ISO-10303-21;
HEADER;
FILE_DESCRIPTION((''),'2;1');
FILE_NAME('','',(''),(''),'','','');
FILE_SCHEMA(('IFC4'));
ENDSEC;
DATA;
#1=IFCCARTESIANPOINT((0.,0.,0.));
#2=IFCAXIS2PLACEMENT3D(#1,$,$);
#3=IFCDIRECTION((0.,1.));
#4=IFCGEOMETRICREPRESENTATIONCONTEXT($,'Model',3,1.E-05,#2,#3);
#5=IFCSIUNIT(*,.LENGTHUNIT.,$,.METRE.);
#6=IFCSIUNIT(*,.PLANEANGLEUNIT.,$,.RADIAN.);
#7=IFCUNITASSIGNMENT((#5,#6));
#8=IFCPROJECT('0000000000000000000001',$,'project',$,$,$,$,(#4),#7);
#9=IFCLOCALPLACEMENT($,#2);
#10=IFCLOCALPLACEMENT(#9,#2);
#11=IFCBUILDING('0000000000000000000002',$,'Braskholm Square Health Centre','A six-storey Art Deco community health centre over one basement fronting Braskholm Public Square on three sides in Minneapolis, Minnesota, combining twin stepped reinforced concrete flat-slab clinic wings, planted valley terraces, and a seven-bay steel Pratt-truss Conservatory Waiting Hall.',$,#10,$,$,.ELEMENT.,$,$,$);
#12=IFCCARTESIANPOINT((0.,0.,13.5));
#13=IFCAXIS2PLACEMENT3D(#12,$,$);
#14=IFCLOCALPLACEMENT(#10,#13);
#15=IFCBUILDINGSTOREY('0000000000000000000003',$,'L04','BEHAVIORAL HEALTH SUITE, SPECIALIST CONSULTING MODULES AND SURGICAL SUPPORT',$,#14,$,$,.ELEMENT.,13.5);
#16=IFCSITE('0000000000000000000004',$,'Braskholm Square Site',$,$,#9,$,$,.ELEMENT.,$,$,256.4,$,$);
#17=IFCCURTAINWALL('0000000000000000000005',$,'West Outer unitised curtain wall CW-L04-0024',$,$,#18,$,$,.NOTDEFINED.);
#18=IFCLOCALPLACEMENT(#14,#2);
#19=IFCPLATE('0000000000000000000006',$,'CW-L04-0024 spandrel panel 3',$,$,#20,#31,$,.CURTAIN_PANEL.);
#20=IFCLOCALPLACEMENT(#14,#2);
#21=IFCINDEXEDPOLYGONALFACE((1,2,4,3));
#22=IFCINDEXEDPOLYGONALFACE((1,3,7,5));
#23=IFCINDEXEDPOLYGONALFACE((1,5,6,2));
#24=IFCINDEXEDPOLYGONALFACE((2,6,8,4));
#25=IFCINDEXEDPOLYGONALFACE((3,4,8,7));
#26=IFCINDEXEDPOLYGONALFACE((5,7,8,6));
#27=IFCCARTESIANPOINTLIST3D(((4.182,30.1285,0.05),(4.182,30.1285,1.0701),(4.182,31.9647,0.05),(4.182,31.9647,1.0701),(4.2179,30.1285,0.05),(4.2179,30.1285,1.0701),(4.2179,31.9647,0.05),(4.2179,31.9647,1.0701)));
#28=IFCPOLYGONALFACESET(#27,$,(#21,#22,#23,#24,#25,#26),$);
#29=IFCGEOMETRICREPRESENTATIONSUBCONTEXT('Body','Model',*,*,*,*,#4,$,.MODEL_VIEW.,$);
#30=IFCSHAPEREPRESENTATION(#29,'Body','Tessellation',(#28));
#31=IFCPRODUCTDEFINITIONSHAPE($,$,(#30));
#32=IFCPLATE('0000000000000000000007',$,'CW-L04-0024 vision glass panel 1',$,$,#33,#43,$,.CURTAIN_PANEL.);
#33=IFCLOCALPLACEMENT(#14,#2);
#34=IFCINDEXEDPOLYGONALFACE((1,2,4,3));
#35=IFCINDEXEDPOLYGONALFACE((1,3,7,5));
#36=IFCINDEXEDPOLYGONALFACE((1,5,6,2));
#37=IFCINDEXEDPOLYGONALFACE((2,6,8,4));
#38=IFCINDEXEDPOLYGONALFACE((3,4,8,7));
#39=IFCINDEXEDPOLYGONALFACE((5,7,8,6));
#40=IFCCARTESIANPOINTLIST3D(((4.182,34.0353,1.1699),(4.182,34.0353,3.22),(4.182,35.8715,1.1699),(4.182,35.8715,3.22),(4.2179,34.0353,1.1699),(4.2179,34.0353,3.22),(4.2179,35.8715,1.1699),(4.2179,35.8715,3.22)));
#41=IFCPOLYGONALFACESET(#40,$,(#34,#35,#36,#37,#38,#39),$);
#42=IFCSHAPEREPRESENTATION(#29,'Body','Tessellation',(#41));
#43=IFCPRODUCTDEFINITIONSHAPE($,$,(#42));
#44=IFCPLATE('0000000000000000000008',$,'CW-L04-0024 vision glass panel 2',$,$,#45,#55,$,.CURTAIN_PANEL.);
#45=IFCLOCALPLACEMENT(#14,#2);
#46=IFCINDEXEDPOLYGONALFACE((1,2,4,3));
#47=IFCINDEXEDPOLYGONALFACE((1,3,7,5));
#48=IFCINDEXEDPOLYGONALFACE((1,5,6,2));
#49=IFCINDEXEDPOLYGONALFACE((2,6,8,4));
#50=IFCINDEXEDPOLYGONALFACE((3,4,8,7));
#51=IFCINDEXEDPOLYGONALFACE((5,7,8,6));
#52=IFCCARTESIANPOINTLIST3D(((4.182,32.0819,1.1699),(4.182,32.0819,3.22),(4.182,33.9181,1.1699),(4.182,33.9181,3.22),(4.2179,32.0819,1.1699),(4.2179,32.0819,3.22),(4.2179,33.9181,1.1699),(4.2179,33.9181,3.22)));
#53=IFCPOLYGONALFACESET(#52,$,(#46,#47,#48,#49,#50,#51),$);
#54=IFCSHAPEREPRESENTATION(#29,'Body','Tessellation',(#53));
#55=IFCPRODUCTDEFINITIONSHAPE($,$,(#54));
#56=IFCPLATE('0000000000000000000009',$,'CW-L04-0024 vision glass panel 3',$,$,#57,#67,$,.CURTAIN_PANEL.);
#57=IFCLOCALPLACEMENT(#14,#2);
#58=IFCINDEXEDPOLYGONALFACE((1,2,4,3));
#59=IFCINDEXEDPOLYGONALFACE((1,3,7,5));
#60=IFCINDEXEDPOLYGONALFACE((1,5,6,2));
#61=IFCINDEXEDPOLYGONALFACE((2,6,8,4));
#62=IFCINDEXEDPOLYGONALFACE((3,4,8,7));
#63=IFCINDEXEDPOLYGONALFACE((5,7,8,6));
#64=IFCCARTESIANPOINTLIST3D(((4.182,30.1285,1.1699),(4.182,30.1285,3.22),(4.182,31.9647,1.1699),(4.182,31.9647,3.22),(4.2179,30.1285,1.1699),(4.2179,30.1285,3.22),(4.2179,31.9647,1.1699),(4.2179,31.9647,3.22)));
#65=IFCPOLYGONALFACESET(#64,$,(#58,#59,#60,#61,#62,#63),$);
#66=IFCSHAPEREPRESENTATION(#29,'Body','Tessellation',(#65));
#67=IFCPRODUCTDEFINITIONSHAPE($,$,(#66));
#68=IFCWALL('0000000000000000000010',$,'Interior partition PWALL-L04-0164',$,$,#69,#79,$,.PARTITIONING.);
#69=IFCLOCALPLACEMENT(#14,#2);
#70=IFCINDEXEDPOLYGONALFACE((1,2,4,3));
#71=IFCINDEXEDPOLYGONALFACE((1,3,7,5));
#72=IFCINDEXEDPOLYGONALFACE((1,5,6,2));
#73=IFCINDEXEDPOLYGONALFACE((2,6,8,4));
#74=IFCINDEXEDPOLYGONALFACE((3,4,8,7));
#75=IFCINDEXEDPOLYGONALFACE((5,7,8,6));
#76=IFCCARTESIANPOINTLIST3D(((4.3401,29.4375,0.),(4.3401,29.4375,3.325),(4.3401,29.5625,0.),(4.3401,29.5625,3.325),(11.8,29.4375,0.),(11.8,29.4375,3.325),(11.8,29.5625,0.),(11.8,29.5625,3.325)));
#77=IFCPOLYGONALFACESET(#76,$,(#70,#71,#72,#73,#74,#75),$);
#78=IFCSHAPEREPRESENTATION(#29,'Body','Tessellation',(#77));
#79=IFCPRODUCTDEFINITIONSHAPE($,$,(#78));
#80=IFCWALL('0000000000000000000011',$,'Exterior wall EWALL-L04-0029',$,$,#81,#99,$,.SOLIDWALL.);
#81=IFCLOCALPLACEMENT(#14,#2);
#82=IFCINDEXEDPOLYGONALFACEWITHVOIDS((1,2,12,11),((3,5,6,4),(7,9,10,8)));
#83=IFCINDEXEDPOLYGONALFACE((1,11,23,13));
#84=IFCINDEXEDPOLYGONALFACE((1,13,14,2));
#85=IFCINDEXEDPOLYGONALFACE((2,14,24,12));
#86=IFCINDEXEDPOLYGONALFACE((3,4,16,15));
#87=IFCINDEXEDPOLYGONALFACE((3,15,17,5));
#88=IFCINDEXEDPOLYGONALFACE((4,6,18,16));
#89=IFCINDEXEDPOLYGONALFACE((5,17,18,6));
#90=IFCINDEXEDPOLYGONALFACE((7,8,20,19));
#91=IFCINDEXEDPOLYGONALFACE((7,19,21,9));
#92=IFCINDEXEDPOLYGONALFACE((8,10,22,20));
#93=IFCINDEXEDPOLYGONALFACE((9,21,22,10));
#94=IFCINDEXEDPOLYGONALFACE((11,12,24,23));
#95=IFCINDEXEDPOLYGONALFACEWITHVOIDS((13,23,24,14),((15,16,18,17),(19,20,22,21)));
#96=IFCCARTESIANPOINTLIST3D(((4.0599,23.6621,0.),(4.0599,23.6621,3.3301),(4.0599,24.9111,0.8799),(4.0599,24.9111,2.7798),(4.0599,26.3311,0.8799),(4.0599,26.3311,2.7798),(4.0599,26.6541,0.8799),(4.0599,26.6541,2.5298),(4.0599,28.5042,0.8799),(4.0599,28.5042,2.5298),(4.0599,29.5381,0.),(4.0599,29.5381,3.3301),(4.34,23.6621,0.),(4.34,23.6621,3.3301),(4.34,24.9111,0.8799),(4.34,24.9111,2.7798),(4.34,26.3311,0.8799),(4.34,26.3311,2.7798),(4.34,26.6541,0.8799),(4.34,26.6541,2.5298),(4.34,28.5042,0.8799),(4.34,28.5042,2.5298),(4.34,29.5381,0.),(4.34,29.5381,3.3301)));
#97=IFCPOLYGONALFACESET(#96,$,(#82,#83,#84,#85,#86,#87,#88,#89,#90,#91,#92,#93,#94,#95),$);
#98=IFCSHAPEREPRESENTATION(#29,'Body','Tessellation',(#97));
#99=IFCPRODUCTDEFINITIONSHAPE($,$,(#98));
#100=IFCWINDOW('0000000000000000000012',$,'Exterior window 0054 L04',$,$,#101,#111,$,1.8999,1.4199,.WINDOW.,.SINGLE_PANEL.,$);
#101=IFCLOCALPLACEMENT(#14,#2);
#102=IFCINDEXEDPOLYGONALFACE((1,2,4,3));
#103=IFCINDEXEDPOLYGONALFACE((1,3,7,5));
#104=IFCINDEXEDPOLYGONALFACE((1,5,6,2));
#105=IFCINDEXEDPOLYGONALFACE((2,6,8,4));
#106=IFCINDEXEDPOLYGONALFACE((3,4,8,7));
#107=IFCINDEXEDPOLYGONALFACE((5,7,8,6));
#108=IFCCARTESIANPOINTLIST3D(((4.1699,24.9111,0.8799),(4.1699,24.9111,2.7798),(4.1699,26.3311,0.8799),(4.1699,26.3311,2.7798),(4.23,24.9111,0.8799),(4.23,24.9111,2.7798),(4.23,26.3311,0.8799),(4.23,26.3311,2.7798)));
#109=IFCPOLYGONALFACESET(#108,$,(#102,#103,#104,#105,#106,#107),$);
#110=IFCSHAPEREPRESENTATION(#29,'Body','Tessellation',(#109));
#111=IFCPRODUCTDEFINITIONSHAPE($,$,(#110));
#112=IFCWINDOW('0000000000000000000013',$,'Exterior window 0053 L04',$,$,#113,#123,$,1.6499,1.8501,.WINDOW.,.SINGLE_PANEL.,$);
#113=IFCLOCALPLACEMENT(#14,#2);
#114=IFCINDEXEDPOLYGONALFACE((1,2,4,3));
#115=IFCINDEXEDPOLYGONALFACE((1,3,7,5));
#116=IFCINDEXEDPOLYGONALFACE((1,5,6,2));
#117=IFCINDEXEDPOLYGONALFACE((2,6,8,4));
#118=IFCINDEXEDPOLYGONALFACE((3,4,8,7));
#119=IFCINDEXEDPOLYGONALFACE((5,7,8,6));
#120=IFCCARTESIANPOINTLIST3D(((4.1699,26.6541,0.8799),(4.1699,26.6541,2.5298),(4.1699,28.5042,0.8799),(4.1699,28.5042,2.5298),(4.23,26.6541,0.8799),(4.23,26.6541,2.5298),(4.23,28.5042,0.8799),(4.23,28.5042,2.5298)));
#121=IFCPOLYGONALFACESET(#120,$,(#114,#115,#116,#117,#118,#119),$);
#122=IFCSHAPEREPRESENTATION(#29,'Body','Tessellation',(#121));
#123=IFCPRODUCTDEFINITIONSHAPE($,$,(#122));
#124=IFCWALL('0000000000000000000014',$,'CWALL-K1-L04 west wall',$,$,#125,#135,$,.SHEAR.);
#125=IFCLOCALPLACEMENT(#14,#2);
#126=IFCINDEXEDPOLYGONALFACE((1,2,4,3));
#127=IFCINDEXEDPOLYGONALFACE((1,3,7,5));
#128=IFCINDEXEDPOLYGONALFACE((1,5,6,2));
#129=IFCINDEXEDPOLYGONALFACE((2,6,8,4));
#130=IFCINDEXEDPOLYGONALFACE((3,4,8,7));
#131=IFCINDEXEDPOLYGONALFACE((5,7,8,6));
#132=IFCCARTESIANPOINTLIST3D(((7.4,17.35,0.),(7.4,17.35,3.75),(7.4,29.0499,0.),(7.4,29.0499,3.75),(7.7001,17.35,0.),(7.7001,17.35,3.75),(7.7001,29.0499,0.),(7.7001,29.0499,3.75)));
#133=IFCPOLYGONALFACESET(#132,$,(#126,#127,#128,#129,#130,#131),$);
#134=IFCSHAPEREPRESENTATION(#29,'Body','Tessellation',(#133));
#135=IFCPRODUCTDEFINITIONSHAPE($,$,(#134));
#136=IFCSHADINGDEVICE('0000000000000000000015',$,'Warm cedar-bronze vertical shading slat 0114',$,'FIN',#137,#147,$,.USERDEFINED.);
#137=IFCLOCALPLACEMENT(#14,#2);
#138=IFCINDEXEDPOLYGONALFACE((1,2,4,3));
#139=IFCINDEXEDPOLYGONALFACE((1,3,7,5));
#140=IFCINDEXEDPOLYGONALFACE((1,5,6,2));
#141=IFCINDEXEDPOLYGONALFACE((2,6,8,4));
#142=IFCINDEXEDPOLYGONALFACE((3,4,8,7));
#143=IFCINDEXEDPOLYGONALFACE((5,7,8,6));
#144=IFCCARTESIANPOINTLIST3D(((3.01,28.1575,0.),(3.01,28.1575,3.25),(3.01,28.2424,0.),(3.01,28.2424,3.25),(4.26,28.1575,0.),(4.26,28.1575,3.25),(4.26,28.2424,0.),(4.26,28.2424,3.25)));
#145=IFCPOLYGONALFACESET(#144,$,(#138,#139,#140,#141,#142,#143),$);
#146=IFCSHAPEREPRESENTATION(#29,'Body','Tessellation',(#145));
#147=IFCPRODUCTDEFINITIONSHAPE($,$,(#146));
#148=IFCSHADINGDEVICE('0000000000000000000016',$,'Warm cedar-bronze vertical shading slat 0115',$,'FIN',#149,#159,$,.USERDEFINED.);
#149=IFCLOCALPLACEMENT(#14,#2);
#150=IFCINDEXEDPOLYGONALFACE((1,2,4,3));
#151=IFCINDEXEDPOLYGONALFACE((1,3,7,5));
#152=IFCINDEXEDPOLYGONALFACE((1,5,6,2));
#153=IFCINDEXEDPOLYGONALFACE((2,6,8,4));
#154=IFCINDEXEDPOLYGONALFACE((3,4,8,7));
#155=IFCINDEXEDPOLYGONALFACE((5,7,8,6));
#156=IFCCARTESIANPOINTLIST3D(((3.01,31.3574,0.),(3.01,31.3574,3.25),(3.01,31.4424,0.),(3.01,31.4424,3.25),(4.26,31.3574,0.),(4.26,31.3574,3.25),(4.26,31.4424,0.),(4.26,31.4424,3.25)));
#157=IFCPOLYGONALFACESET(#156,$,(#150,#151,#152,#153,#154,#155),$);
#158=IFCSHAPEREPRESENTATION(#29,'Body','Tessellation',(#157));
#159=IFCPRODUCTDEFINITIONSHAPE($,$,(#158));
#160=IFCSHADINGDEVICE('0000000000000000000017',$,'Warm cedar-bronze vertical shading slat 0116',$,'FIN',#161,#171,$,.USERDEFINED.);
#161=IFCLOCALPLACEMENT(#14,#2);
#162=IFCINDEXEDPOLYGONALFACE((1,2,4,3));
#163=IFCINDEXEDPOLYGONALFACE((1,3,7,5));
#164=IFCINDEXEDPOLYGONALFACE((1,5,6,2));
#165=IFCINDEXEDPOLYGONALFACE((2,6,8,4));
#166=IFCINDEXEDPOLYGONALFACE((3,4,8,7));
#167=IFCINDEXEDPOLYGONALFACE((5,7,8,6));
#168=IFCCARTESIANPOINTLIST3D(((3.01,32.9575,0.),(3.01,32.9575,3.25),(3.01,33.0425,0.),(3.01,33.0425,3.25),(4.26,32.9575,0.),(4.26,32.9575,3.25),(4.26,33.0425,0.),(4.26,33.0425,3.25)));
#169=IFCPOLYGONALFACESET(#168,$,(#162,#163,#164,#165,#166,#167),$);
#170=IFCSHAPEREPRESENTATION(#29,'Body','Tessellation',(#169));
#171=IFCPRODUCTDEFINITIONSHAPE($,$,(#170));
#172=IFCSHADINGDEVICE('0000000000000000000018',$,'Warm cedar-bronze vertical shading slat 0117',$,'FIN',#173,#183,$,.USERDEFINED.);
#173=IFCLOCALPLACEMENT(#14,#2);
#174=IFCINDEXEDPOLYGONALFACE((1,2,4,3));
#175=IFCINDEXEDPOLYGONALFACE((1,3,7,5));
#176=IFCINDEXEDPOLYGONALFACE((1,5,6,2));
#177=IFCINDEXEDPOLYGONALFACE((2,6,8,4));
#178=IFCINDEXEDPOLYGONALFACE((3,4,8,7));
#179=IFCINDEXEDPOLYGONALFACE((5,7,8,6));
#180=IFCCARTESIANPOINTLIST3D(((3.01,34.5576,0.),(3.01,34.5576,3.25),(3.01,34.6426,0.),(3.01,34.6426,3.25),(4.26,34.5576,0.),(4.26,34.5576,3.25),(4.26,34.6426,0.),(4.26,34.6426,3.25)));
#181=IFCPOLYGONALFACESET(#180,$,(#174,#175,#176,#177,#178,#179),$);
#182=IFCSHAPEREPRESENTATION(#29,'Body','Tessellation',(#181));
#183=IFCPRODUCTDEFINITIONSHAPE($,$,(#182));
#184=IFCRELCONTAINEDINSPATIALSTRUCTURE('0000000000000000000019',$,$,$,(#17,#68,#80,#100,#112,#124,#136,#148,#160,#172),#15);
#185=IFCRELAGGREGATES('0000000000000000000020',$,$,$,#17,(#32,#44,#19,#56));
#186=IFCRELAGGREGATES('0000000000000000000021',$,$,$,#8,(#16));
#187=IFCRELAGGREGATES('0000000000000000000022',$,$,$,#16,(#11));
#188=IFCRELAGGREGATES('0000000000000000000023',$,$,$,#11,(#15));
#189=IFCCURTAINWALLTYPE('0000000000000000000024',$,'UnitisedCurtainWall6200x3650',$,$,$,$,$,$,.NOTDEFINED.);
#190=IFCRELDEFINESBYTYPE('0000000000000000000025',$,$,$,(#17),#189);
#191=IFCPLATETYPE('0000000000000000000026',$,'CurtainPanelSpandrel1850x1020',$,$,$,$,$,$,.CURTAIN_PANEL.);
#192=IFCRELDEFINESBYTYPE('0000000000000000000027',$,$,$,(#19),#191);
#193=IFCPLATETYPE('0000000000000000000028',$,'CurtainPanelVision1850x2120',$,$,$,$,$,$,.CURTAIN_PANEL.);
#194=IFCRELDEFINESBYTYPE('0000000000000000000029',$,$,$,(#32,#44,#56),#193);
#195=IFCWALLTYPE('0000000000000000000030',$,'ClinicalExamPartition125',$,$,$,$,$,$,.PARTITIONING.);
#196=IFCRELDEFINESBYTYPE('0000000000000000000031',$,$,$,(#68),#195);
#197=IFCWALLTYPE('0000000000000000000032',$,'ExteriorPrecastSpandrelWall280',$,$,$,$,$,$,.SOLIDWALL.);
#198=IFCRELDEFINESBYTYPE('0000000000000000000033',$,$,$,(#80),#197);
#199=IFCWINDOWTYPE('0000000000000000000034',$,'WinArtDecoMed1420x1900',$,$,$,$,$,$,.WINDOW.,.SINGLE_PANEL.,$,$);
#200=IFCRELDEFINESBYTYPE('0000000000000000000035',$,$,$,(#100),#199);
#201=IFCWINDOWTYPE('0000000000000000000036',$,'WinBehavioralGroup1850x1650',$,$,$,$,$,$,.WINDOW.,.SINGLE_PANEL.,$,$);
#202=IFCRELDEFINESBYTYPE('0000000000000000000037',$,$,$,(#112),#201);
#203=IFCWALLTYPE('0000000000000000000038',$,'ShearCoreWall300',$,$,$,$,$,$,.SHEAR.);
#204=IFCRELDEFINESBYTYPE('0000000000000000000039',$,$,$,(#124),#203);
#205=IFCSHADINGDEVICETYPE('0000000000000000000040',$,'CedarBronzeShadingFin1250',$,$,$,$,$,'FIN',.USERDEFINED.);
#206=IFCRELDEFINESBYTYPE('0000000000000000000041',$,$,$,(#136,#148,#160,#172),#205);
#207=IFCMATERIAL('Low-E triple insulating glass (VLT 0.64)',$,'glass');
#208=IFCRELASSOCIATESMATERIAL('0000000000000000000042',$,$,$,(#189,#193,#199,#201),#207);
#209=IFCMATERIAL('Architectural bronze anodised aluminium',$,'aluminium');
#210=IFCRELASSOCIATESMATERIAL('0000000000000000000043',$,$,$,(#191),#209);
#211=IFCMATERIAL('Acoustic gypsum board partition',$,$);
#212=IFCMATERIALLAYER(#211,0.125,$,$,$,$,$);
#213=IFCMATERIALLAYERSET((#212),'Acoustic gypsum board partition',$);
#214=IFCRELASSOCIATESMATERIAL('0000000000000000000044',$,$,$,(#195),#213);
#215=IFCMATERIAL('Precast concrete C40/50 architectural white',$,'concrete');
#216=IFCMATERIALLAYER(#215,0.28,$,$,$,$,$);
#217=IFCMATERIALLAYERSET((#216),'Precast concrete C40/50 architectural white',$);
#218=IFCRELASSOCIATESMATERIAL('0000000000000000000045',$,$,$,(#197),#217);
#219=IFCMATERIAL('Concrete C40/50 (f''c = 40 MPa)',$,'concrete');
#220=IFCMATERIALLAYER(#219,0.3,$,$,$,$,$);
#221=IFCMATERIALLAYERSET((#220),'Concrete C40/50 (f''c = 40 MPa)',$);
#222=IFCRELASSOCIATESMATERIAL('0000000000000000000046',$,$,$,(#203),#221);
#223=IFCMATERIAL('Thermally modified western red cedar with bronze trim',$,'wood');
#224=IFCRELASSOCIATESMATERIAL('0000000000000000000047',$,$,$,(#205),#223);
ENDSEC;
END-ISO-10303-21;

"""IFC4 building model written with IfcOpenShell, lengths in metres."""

from ifc_helpers import new_model, si_unit, direction, frame, frame_2d, origin, origin_with_axes, origin_2d, place, context, subcontext, project, spatial, rectangle, extrude, material, layer, layer_set, type_object, element, fill, aggregate, save


model = new_model("IFC4")

# Units and contexts
model_context = context("Model", 3, precision=1e-05, world=origin(), true_north=direction((0.0, 1.0)))
body_context = subcontext(model_context, "Body", "Model", "MODEL_VIEW")
ifc_project = project(units=[si_unit("LENGTHUNIT", "METRE"), si_unit("PLANEANGLEUNIT", "RADIAN")], contexts=[model_context])

# Site, building, storey
site_placement = place(None, origin())
site = spatial("IfcSite", under=ifc_project, at=site_placement, Name="Braskholm Square Site", CompositionType="ELEMENT", RefElevation=256.4)
building_placement = place(site_placement, origin())
building = spatial("IfcBuilding", under=site, at=building_placement, Name="Braskholm Square Health Centre", Description="A six-storey Art Deco community health centre over one basement fronting Braskholm Public Square on three sides in Minneapolis, Minnesota, combining twin stepped reinforced concrete flat-slab clinic wings, planted valley terraces, and a seven-bay steel Pratt-truss Conservatory Waiting Hall.", CompositionType="ELEMENT")
storey_placement = place(building_placement, frame((0.0, 0.0, 13.5)))
storey = spatial("IfcBuildingStorey", under=building, at=storey_placement, Name="L04", Description="BEHAVIORAL HEALTH SUITE, SPECIALIST CONSULTING MODULES AND SURGICAL SUPPORT", CompositionType="ELEMENT", Elevation=13.5)

# Shared definitions
ifc_material_1 = material(Name="Concrete C40/50 (f'c = 40 MPa)", Category="concrete")
ifc_material_2 = material(Name="Precast concrete C40/50 architectural white", Category="concrete")

# Curtain wall
ifc_material_3 = material(Name="Low-E triple insulating glass (VLT 0.64)", Category="glass")
curtain_wall_type = type_object("IfcCurtainWallType", Name="UnitisedCurtainWall6200x3650", PredefinedType="NOTDEFINED", material=ifc_material_3)
curtain_wall_placement = place(storey_placement, origin())
curtain_wall = element("IfcCurtainWall", 1, at=curtain_wall_placement, inside=storey, type_object=curtain_wall_type, Name="West Outer unitised curtain wall CW-L04-0024", PredefinedType="NOTDEFINED")
ifc_material_4 = material(Name="Architectural bronze anodised aluminium", Category="aluminium")

# Plates
plate_type_1 = type_object("IfcPlateType", Name="CurtainPanelSpandrel1850x1020", PredefinedType="CURTAIN_PANEL", material=ifc_material_4)
plate_1_placement = place(storey_placement, frame((4.2, 31.0466, 0.05), z_axis=(0.0, 0.0, 1.0), x_axis=(0.0, -1.0, 0.0)))
plate_1 = element("IfcPlate", 2, at=plate_1_placement, type_object=plate_type_1, Name="CW-L04-0024 spandrel panel 3", PredefinedType="CURTAIN_PANEL", context=body_context, shape_type="SweptSolid", body=[
    extrude(rectangle(XDim=1.8362, YDim=0.0359, at=origin_2d()), origin(), (0.0, 0.0, 1.0), 1.02),
])
plate_type_2 = type_object("IfcPlateType", Name="CurtainPanelVision1850x2120", PredefinedType="CURTAIN_PANEL", material=ifc_material_3)
plate_2_placement = place(storey_placement, frame((4.2, 34.9534, 1.1699), z_axis=(0.0, 0.0, 1.0), x_axis=(0.0, -1.0, 0.0)))
plate_2 = element("IfcPlate", 3, at=plate_2_placement, type_object=plate_type_2, Name="CW-L04-0024 vision glass panel 1", PredefinedType="CURTAIN_PANEL", context=body_context, shape_type="SweptSolid", body=[
    extrude(rectangle(XDim=1.8362, YDim=0.0359, at=origin_2d()), origin(), (0.0, 0.0, 1.0), 2.05),
])
plate_3_placement = place(storey_placement, frame((4.2, 33.0, 1.1699), z_axis=(0.0, 0.0, 1.0), x_axis=(0.0, -1.0, 0.0)))
plate_3 = element("IfcPlate", 4, at=plate_3_placement, type_object=plate_type_2, Name="CW-L04-0024 vision glass panel 2", PredefinedType="CURTAIN_PANEL", context=body_context, shape_type="SweptSolid", body=[
    extrude(rectangle(XDim=1.8362, YDim=0.0359, at=origin_2d()), origin(), (0.0, 0.0, 1.0), 2.05),
])
plate_4_placement = place(storey_placement, frame((4.2, 31.0466, 1.1699), z_axis=(0.0, 0.0, 1.0), x_axis=(0.0, -1.0, 0.0)))
plate_4 = element("IfcPlate", 5, at=plate_4_placement, type_object=plate_type_2, Name="CW-L04-0024 vision glass panel 3", PredefinedType="CURTAIN_PANEL", context=body_context, shape_type="SweptSolid", body=[
    extrude(rectangle(XDim=1.8362, YDim=0.0359, at=origin_2d()), origin(), (0.0, 0.0, 1.0), 2.05),
])
aggregate(curtain_wall, [plate_2, plate_3, plate_1, plate_4])

# Wall
ifc_material_5 = material(Name="Acoustic gypsum board partition")
ifc_layer_1 = layer(ifc_material_5, 0.125)
ifc_layer_set_1 = layer_set([ifc_layer_1], Name="Acoustic gypsum board partition")
wall_type_1 = type_object("IfcWallType", Name="ClinicalExamPartition125", PredefinedType="PARTITIONING", material=ifc_layer_set_1)
wall_1_placement = place(storey_placement, frame((4.3401, 29.5, 0.0), z_axis=(0.0, 0.0, 1.0), x_axis=(1.0, 0.0, 0.0)))
element("IfcWall", 6, at=wall_1_placement, inside=storey, type_object=wall_type_1, Name="Interior partition PWALL-L04-0164", PredefinedType="PARTITIONING", context=body_context, shape_type="SweptSolid", body=[
    extrude(rectangle(XDim=7.46, YDim=0.125, at=frame_2d((3.73, 0.0))), origin(), (0.0, 0.0, 1.0), 3.325),
])

# Wall, openings, windows
ifc_layer_2 = layer(ifc_material_2, 0.28)
ifc_layer_set_2 = layer_set([ifc_layer_2], Name="Precast concrete C40/50 architectural white")
wall_type_2 = type_object("IfcWallType", Name="ExteriorPrecastSpandrelWall280", PredefinedType="SOLIDWALL", material=ifc_layer_set_2)
wall_2_placement = place(storey_placement, frame((4.2, 29.5381, 0.0), z_axis=(0.0, 0.0, 1.0), x_axis=(0.0, -1.0, 0.0)))
wall_2 = element("IfcWall", 7, at=wall_2_placement, inside=storey, type_object=wall_type_2, Name="Exterior wall EWALL-L04-0029", PredefinedType="SOLIDWALL", context=body_context, shape_type="SweptSolid", body=[
    extrude(rectangle(XDim=5.876, YDim=0.28, at=frame_2d((2.938, 0.0))), origin(), (0.0, 0.0, 1.0), 3.3301),
])
opening_1_placement = place(wall_2_placement, frame((1.0339, 0.0, 0.8799)))
opening_1 = element("IfcOpeningElement", 8, at=opening_1_placement, cuts=wall_2, PredefinedType="OPENING", context=body_context, shape_type="SweptSolid", body=[
    extrude(rectangle(XDim=1.8501, YDim=1.6499, at=frame_2d((0.925, 0.825))), frame((0.0, 0.1499, 0.0), z_axis=(0.0, -1.0, 0.0), x_axis=(1.0, 0.0, 0.0)), (0.0, 0.0, 1.0), 0.3),
])
opening_2_placement = place(wall_2_placement, frame((3.207, 0.0, 0.8799)))
opening_2 = element("IfcOpeningElement", 9, at=opening_2_placement, cuts=wall_2, PredefinedType="OPENING", context=body_context, shape_type="SweptSolid", body=[
    extrude(rectangle(XDim=1.4199, YDim=1.8999, at=frame_2d((0.71, 0.95))), frame((0.0, 0.1499, 0.0), z_axis=(0.0, -1.0, 0.0), x_axis=(1.0, 0.0, 0.0)), (0.0, 0.0, 1.0), 0.3),
])
window_type_1 = type_object("IfcWindowType", Name="WinArtDecoMed1420x1900", PartitioningType="SINGLE_PANEL", PredefinedType="WINDOW", material=ifc_material_3)
window_1_placement = place(opening_2_placement, origin_with_axes())
window_1 = element("IfcWindow", 10, at=window_1_placement, inside=storey, type_object=window_type_1, Name="Exterior window 0054 L04", OverallHeight=1.8999, OverallWidth=1.4199, PartitioningType="SINGLE_PANEL", PredefinedType="WINDOW", context=body_context, shape_type="SweptSolid", body=[
    extrude(rectangle(XDim=1.4199, YDim=1.8999, at=frame_2d((0.71, 0.95))), frame((0.0, 0.03, 0.0), z_axis=(0.0, -1.0, 0.0), x_axis=(1.0, 0.0, 0.0)), (0.0, 0.0, 1.0), 0.0601),
])
fill(opening_2, window_1)
window_type_2 = type_object("IfcWindowType", Name="WinBehavioralGroup1850x1650", PartitioningType="SINGLE_PANEL", PredefinedType="WINDOW", material=ifc_material_3)
window_2_placement = place(opening_1_placement, origin_with_axes())
window_2 = element("IfcWindow", 11, at=window_2_placement, inside=storey, type_object=window_type_2, Name="Exterior window 0053 L04", OverallHeight=1.6499, OverallWidth=1.8501, PartitioningType="SINGLE_PANEL", PredefinedType="WINDOW", context=body_context, shape_type="SweptSolid", body=[
    extrude(rectangle(XDim=1.8501, YDim=1.6499, at=frame_2d((0.925, 0.825))), frame((0.0, 0.03, 0.0), z_axis=(0.0, -1.0, 0.0), x_axis=(1.0, 0.0, 0.0)), (0.0, 0.0, 1.0), 0.0601),
])
fill(opening_1, window_2)

# Wall
ifc_layer_3 = layer(ifc_material_1, 0.3)
ifc_layer_set_3 = layer_set([ifc_layer_3], Name="Concrete C40/50 (f'c = 40 MPa)")
wall_type_3 = type_object("IfcWallType", Name="ShearCoreWall300", PredefinedType="SHEAR", material=ifc_layer_set_3)
wall_3_placement = place(storey_placement, frame((7.55, 29.05, 0.0), z_axis=(0.0, 0.0, 1.0), x_axis=(0.0, -1.0, 0.0)))
element("IfcWall", 12, at=wall_3_placement, inside=storey, type_object=wall_type_3, Name="CWALL-K1-L04 west wall", PredefinedType="SHEAR", context=body_context, shape_type="SweptSolid", body=[
    extrude(rectangle(XDim=11.7, YDim=0.3, at=frame_2d((5.8501, 0.0))), origin(), (0.0, 0.0, 1.0), 3.75),
])

# Shading devices
ifc_material_6 = material(Name="Thermally modified western red cedar with bronze trim", Category="wood")
shading_device_type = type_object("IfcShadingDeviceType", Name="CedarBronzeShadingFin1250", ElementType="FIN", PredefinedType="USERDEFINED", material=ifc_material_6)
for number, where, z_axis, x_axis, name in (
    (13, (3.635, 28.2, 0.0), (0.0, 0.0, 1.0), (1.0, 0.0, 0.0), "Warm cedar-bronze vertical shading slat 0114"),
    (14, (3.635, 31.3999, 0.0), (0.0, 0.0, 1.0), (1.0, 0.0, 0.0), "Warm cedar-bronze vertical shading slat 0115"),
    (15, (3.635, 33.0, 0.0), (0.0, 0.0, 1.0), (1.0, 0.0, 0.0), "Warm cedar-bronze vertical shading slat 0116"),
    (16, (3.635, 34.6001, 0.0), (0.0, 0.0, 1.0), (1.0, 0.0, 0.0), "Warm cedar-bronze vertical shading slat 0117"),
):
    element("IfcShadingDevice", number, at=place(storey_placement, frame(where, z_axis=z_axis, x_axis=x_axis)), inside=storey, type_object=shading_device_type, Name=name, ObjectType="FIN", PredefinedType="USERDEFINED", context=body_context, shape_type="SweptSolid", body=[
        extrude(rectangle(XDim=1.25, YDim=0.085, at=origin_2d()), origin(), (0.0, 0.0, 1.0), 3.25),
    ])

save(model, "model.ifc")
